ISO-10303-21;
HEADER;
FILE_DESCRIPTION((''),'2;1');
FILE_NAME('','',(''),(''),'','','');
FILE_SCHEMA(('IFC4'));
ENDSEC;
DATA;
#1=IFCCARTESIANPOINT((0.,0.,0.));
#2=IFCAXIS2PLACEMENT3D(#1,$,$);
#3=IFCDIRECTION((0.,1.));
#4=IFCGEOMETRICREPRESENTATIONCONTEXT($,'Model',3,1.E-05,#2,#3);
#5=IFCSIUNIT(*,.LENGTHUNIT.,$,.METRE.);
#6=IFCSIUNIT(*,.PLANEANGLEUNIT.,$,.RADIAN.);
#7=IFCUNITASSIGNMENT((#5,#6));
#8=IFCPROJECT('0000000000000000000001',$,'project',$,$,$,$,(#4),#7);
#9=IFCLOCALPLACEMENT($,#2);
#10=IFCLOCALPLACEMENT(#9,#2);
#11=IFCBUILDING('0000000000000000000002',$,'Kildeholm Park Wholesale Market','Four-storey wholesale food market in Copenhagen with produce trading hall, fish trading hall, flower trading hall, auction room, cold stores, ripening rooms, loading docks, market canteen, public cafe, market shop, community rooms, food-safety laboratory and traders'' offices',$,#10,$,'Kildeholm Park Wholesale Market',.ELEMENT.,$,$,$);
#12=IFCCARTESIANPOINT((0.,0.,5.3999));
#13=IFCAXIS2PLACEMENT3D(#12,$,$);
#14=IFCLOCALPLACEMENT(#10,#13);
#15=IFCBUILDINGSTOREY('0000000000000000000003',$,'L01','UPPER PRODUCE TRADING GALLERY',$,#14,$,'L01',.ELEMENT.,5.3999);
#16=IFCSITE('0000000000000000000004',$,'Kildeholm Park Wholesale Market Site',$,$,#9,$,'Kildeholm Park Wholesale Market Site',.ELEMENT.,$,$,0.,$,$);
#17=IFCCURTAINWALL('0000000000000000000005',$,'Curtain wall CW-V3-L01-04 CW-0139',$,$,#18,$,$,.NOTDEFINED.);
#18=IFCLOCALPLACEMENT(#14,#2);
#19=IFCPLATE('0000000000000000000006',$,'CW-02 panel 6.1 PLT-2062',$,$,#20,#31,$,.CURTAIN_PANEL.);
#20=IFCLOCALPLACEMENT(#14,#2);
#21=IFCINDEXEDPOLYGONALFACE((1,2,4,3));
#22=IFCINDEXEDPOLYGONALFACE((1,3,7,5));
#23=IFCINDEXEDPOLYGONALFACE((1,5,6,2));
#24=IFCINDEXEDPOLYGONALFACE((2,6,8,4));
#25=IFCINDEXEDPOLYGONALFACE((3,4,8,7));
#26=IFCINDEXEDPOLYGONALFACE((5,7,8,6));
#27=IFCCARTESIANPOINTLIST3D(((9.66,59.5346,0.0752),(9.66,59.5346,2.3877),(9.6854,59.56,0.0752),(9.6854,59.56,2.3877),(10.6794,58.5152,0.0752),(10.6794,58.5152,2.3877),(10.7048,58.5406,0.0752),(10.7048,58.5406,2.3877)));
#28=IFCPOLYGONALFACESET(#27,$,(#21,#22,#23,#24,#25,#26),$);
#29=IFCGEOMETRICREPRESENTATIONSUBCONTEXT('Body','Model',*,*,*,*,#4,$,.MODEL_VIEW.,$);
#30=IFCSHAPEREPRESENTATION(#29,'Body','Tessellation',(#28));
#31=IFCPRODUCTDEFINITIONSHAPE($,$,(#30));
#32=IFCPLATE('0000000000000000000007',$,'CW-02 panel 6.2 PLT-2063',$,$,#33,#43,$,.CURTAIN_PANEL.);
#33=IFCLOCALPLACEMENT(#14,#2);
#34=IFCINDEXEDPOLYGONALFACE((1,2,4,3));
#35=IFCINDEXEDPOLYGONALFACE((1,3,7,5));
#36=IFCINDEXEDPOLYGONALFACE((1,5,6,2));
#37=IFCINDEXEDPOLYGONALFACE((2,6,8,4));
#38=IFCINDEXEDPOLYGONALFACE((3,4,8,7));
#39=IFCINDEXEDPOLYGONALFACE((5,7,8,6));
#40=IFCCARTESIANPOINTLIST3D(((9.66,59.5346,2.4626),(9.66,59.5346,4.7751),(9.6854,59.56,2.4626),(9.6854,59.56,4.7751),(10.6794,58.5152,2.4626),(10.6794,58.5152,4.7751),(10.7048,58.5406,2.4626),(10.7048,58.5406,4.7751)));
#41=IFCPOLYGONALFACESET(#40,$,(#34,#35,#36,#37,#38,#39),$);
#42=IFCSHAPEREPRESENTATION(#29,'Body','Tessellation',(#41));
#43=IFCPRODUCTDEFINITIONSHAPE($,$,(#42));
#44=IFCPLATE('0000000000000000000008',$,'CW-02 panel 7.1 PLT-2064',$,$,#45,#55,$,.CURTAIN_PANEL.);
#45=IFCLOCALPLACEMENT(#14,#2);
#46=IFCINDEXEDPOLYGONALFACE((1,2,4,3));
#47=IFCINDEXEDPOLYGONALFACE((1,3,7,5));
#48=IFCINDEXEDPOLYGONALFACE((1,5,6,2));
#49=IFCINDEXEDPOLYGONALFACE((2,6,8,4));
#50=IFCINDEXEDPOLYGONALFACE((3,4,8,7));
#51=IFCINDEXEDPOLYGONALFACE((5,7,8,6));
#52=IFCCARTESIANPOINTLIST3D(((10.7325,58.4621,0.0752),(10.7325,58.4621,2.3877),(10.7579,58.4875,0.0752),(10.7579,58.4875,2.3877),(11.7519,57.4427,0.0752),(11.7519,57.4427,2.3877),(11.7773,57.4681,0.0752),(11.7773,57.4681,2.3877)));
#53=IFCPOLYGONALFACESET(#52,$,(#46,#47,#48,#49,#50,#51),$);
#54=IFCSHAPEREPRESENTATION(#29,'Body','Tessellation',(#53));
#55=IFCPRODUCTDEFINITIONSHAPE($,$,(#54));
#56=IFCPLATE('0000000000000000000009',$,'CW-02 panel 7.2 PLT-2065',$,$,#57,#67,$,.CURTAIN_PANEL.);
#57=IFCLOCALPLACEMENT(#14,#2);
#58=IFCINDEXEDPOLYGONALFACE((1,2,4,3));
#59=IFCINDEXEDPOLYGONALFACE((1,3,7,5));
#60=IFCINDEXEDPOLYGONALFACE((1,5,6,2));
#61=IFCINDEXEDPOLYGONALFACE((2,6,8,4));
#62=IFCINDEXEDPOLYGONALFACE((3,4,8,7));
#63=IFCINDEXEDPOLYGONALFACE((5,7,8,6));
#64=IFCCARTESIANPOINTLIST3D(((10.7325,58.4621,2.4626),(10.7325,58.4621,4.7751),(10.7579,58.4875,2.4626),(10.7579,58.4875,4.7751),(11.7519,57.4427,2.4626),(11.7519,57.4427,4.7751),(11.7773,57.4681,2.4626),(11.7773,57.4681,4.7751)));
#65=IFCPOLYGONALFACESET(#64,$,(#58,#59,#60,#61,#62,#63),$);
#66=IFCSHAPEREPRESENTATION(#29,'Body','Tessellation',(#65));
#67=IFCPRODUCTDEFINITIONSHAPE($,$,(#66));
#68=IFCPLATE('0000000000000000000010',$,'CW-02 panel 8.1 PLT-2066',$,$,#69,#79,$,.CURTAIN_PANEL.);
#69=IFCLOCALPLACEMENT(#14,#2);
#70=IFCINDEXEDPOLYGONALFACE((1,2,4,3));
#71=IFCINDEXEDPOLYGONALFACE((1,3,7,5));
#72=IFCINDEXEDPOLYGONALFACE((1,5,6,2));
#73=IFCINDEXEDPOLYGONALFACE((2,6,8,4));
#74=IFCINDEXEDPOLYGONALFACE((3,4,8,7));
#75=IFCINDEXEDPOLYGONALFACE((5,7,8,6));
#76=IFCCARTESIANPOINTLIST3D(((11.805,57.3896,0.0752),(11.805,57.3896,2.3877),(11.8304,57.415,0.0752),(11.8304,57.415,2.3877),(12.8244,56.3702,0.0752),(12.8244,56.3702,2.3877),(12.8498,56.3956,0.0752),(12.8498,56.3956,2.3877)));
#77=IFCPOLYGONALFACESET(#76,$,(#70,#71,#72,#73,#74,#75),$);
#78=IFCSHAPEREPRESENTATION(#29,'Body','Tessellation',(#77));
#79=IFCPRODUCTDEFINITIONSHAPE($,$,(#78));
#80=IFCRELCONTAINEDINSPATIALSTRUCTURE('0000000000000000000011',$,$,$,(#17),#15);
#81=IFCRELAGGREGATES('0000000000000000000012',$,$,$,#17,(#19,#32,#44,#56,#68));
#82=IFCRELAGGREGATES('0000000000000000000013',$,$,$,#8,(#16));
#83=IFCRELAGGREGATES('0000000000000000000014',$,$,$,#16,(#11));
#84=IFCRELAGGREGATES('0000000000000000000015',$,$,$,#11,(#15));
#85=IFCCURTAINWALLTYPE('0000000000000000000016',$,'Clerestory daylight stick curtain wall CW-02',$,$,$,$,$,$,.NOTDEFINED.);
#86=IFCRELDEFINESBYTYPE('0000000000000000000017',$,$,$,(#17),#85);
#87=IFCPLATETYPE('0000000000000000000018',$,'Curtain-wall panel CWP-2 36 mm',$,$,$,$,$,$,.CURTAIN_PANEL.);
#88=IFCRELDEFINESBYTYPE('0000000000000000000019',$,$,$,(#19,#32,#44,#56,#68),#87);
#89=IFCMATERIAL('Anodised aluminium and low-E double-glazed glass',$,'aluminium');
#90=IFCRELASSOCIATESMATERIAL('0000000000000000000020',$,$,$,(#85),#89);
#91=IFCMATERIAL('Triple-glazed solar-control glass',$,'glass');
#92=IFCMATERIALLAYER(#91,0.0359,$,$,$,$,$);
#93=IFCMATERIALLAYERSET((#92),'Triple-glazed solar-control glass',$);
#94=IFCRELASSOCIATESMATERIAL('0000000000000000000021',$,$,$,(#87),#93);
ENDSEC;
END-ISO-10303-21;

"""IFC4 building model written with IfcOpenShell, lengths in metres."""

from ifc_helpers import new_model, si_unit, direction, frame, origin, origin_2d, place, context, subcontext, project, spatial, rectangle, extrude, material, layer, layer_set, type_object, element, aggregate, save


model = new_model("IFC4")

# Units and contexts
model_context = context("Model", 3, precision=1e-05, world=origin(), true_north=direction((0.0, 1.0)))
body_context = subcontext(model_context, "Body", "Model", "MODEL_VIEW")
ifc_project = project(units=[si_unit("LENGTHUNIT", "METRE"), si_unit("PLANEANGLEUNIT", "RADIAN")], contexts=[model_context])

# Site, building, storey
site_placement = place(None, origin())
site = spatial("IfcSite", under=ifc_project, at=site_placement, Name="Kildeholm Park Wholesale Market Site", LongName="Kildeholm Park Wholesale Market Site", CompositionType="ELEMENT", RefElevation=0.0)
building_placement = place(site_placement, origin())
building = spatial("IfcBuilding", under=site, at=building_placement, Name="Kildeholm Park Wholesale Market", Description="Four-storey wholesale food market in Copenhagen with produce trading hall, fish trading hall, flower trading hall, auction room, cold stores, ripening rooms, loading docks, market canteen, public cafe, market shop, community rooms, food-safety laboratory and traders' offices", LongName="Kildeholm Park Wholesale Market", CompositionType="ELEMENT")
storey_placement = place(building_placement, frame((0.0, 0.0, 5.3999)))
storey = spatial("IfcBuildingStorey", under=building, at=storey_placement, Name="L01", Description="UPPER PRODUCE TRADING GALLERY", LongName="L01", CompositionType="ELEMENT", Elevation=5.3999)

# Curtain wall, plates
ifc_material_1 = material(Name="Anodised aluminium and low-E double-glazed glass", Category="aluminium")
curtain_wall_type = type_object("IfcCurtainWallType", Name="Clerestory daylight stick curtain wall CW-02", PredefinedType="NOTDEFINED", material=ifc_material_1)
curtain_wall_placement = place(storey_placement, origin())
curtain_wall = element("IfcCurtainWall", 1, at=curtain_wall_placement, inside=storey, type_object=curtain_wall_type, Name="Curtain wall CW-V3-L01-04 CW-0139", PredefinedType="NOTDEFINED")
ifc_material_2 = material(Name="Triple-glazed solar-control glass", Category="glass")
ifc_layer = layer(ifc_material_2, 0.0359)
ifc_layer_set = layer_set([ifc_layer], Name="Triple-glazed solar-control glass")
plate_type = type_object("IfcPlateType", Name="Curtain-wall panel CWP-2 36 mm", PredefinedType="CURTAIN_PANEL", material=ifc_layer_set)
plate_1_placement = place(storey_placement, frame((10.1824, 59.0376, 0.0752), z_axis=(0.0, 0.0, 1.0), x_axis=(0.707107, -0.707107, 0.0)))
plate_1 = element("IfcPlate", 2, at=plate_1_placement, type_object=plate_type, Name="CW-02 panel 6.1 PLT-2062", PredefinedType="CURTAIN_PANEL", context=body_context, shape_type="SweptSolid", body=[
    extrude(rectangle(XDim=1.4417, YDim=0.0359, at=origin_2d()), origin(), (0.0, 0.0, 1.0), 2.3125),
])
plate_2_placement = place(storey_placement, frame((10.1824, 59.0376, 2.4626), z_axis=(0.0, 0.0, 1.0), x_axis=(0.707107, -0.707107, 0.0)))
plate_2 = element("IfcPlate", 3, at=plate_2_placement, type_object=plate_type, Name="CW-02 panel 6.2 PLT-2063", PredefinedType="CURTAIN_PANEL", context=body_context, shape_type="SweptSolid", body=[
    extrude(rectangle(XDim=1.4417, YDim=0.0359, at=origin_2d()), origin(), (0.0, 0.0, 1.0), 2.3125),
])
plate_3_placement = place(storey_placement, frame((11.2549, 57.9651, 0.0752), z_axis=(0.0, 0.0, 1.0), x_axis=(0.707107, -0.707107, 0.0)))
plate_3 = element("IfcPlate", 4, at=plate_3_placement, type_object=plate_type, Name="CW-02 panel 7.1 PLT-2064", PredefinedType="CURTAIN_PANEL", context=body_context, shape_type="SweptSolid", body=[
    extrude(rectangle(XDim=1.4417, YDim=0.0359, at=origin_2d()), origin(), (0.0, 0.0, 1.0), 2.3125),
])
plate_4_placement = place(storey_placement, frame((11.2549, 57.9651, 2.4626), z_axis=(0.0, 0.0, 1.0), x_axis=(0.707107, -0.707107, 0.0)))
plate_4 = element("IfcPlate", 5, at=plate_4_placement, type_object=plate_type, Name="CW-02 panel 7.2 PLT-2065", PredefinedType="CURTAIN_PANEL", context=body_context, shape_type="SweptSolid", body=[
    extrude(rectangle(XDim=1.4417, YDim=0.0359, at=origin_2d()), origin(), (0.0, 0.0, 1.0), 2.3125),
])
plate_5_placement = place(storey_placement, frame((12.3274, 56.8926, 0.0752), z_axis=(0.0, 0.0, 1.0), x_axis=(0.707107, -0.707107, 0.0)))
plate_5 = element("IfcPlate", 6, at=plate_5_placement, type_object=plate_type, Name="CW-02 panel 8.1 PLT-2066", PredefinedType="CURTAIN_PANEL", context=body_context, shape_type="SweptSolid", body=[
    extrude(rectangle(XDim=1.4417, YDim=0.0359, at=origin_2d()), origin(), (0.0, 0.0, 1.0), 2.3125),
])
aggregate(curtain_wall, [plate_1, plate_2, plate_3, plate_4, plate_5])

save(model, "model.ifc")
